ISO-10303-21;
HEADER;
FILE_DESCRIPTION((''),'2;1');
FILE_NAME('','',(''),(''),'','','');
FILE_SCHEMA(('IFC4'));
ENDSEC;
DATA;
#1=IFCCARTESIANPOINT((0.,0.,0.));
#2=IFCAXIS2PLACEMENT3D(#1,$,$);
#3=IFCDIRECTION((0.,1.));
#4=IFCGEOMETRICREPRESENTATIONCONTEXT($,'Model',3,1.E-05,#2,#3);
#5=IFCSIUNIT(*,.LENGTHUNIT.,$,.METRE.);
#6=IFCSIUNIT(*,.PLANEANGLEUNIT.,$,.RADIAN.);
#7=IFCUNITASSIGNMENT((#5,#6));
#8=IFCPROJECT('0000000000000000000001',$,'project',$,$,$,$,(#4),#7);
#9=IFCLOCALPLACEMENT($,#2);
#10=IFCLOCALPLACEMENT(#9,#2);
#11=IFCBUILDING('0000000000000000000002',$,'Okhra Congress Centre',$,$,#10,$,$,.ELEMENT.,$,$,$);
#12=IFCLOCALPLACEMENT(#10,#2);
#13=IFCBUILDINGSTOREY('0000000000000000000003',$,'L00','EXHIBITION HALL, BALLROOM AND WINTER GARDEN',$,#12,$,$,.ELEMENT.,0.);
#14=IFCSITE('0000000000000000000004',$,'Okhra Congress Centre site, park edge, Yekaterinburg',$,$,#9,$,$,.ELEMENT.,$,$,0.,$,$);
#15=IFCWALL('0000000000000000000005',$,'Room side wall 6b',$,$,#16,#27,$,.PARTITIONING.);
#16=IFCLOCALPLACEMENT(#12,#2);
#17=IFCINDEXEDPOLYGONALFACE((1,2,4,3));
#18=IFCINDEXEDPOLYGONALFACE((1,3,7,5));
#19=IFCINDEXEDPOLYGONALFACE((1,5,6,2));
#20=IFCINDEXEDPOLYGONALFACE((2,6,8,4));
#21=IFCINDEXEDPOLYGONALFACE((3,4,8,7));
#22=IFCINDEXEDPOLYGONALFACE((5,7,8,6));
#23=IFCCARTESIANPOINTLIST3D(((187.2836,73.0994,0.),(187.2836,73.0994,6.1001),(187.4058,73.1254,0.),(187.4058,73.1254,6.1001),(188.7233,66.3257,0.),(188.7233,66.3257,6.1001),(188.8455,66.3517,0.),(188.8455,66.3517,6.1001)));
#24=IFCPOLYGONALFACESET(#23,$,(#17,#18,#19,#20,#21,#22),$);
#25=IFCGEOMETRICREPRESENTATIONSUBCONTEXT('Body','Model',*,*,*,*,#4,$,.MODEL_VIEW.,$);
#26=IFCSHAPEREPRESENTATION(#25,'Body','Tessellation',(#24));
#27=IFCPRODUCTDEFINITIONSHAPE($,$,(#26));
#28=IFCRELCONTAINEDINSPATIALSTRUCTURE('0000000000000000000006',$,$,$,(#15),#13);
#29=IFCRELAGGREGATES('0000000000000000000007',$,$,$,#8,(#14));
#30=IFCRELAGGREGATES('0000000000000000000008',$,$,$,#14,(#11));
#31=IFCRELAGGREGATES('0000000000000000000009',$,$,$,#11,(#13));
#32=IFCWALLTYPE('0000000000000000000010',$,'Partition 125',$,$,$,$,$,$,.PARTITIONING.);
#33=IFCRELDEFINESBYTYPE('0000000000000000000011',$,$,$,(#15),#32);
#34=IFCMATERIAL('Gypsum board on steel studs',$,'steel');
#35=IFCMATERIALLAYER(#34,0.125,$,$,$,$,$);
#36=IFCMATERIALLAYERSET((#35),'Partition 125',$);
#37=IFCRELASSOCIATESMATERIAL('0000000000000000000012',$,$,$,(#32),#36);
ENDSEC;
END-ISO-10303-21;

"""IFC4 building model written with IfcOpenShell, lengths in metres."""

from ifc_helpers import new_model, si_unit, direction, frame, frame_2d, origin, place, context, subcontext, project, spatial, rectangle, extrude, material, layer, layer_set, type_object, element, save


model = new_model("IFC4")

# Units and contexts
model_context = context("Model", 3, precision=1e-05, world=origin(), true_north=direction((0.0, 1.0)))
body_context = subcontext(model_context, "Body", "Model", "MODEL_VIEW")
ifc_project = project(units=[si_unit("LENGTHUNIT", "METRE"), si_unit("PLANEANGLEUNIT", "RADIAN")], contexts=[model_context])

# Site, building, storey
site_placement = place(None, origin())
site = spatial("IfcSite", under=ifc_project, at=site_placement, Name="Okhra Congress Centre site, park edge, Yekaterinburg", CompositionType="ELEMENT", RefElevation=0.0)
building_placement = place(site_placement, origin())
building = spatial("IfcBuilding", under=site, at=building_placement, Name="Okhra Congress Centre", CompositionType="ELEMENT")
storey_placement = place(building_placement, origin())
storey = spatial("IfcBuildingStorey", under=building, at=storey_placement, Name="L00", Description="EXHIBITION HALL, BALLROOM AND WINTER GARDEN", CompositionType="ELEMENT", Elevation=0.0)

# Wall
ifc_material_1 = material(Name="Gypsum board on steel studs", Category="steel")
ifc_layer_1 = layer(ifc_material_1, 0.125)
ifc_layer_set_1 = layer_set([ifc_layer_1], Name="Partition 125")
wall_type = type_object("IfcWallType", Name="Partition 125", PredefinedType="PARTITIONING", material=ifc_layer_set_1)
for number, where, z_axis, x_axis, name in (
    (1, (187.3447, 73.1123, 0.0), (0.0, 0.0, 1.0), (0.207899, -0.97815, 0.0), "Room side wall 6b"),
):
    element("IfcWall", number, at=place(storey_placement, frame(where, z_axis=z_axis, x_axis=x_axis)), inside=storey, type_object=wall_type, Name=name, PredefinedType="PARTITIONING", context=body_context, shape_type="SweptSolid", body=[
        extrude(rectangle(XDim=6.925, YDim=0.125, at=frame_2d((3.4624, 0.0))), origin(), (0.0, 0.0, 1.0), 6.1001),
    ])

save(model, "model.ifc")
